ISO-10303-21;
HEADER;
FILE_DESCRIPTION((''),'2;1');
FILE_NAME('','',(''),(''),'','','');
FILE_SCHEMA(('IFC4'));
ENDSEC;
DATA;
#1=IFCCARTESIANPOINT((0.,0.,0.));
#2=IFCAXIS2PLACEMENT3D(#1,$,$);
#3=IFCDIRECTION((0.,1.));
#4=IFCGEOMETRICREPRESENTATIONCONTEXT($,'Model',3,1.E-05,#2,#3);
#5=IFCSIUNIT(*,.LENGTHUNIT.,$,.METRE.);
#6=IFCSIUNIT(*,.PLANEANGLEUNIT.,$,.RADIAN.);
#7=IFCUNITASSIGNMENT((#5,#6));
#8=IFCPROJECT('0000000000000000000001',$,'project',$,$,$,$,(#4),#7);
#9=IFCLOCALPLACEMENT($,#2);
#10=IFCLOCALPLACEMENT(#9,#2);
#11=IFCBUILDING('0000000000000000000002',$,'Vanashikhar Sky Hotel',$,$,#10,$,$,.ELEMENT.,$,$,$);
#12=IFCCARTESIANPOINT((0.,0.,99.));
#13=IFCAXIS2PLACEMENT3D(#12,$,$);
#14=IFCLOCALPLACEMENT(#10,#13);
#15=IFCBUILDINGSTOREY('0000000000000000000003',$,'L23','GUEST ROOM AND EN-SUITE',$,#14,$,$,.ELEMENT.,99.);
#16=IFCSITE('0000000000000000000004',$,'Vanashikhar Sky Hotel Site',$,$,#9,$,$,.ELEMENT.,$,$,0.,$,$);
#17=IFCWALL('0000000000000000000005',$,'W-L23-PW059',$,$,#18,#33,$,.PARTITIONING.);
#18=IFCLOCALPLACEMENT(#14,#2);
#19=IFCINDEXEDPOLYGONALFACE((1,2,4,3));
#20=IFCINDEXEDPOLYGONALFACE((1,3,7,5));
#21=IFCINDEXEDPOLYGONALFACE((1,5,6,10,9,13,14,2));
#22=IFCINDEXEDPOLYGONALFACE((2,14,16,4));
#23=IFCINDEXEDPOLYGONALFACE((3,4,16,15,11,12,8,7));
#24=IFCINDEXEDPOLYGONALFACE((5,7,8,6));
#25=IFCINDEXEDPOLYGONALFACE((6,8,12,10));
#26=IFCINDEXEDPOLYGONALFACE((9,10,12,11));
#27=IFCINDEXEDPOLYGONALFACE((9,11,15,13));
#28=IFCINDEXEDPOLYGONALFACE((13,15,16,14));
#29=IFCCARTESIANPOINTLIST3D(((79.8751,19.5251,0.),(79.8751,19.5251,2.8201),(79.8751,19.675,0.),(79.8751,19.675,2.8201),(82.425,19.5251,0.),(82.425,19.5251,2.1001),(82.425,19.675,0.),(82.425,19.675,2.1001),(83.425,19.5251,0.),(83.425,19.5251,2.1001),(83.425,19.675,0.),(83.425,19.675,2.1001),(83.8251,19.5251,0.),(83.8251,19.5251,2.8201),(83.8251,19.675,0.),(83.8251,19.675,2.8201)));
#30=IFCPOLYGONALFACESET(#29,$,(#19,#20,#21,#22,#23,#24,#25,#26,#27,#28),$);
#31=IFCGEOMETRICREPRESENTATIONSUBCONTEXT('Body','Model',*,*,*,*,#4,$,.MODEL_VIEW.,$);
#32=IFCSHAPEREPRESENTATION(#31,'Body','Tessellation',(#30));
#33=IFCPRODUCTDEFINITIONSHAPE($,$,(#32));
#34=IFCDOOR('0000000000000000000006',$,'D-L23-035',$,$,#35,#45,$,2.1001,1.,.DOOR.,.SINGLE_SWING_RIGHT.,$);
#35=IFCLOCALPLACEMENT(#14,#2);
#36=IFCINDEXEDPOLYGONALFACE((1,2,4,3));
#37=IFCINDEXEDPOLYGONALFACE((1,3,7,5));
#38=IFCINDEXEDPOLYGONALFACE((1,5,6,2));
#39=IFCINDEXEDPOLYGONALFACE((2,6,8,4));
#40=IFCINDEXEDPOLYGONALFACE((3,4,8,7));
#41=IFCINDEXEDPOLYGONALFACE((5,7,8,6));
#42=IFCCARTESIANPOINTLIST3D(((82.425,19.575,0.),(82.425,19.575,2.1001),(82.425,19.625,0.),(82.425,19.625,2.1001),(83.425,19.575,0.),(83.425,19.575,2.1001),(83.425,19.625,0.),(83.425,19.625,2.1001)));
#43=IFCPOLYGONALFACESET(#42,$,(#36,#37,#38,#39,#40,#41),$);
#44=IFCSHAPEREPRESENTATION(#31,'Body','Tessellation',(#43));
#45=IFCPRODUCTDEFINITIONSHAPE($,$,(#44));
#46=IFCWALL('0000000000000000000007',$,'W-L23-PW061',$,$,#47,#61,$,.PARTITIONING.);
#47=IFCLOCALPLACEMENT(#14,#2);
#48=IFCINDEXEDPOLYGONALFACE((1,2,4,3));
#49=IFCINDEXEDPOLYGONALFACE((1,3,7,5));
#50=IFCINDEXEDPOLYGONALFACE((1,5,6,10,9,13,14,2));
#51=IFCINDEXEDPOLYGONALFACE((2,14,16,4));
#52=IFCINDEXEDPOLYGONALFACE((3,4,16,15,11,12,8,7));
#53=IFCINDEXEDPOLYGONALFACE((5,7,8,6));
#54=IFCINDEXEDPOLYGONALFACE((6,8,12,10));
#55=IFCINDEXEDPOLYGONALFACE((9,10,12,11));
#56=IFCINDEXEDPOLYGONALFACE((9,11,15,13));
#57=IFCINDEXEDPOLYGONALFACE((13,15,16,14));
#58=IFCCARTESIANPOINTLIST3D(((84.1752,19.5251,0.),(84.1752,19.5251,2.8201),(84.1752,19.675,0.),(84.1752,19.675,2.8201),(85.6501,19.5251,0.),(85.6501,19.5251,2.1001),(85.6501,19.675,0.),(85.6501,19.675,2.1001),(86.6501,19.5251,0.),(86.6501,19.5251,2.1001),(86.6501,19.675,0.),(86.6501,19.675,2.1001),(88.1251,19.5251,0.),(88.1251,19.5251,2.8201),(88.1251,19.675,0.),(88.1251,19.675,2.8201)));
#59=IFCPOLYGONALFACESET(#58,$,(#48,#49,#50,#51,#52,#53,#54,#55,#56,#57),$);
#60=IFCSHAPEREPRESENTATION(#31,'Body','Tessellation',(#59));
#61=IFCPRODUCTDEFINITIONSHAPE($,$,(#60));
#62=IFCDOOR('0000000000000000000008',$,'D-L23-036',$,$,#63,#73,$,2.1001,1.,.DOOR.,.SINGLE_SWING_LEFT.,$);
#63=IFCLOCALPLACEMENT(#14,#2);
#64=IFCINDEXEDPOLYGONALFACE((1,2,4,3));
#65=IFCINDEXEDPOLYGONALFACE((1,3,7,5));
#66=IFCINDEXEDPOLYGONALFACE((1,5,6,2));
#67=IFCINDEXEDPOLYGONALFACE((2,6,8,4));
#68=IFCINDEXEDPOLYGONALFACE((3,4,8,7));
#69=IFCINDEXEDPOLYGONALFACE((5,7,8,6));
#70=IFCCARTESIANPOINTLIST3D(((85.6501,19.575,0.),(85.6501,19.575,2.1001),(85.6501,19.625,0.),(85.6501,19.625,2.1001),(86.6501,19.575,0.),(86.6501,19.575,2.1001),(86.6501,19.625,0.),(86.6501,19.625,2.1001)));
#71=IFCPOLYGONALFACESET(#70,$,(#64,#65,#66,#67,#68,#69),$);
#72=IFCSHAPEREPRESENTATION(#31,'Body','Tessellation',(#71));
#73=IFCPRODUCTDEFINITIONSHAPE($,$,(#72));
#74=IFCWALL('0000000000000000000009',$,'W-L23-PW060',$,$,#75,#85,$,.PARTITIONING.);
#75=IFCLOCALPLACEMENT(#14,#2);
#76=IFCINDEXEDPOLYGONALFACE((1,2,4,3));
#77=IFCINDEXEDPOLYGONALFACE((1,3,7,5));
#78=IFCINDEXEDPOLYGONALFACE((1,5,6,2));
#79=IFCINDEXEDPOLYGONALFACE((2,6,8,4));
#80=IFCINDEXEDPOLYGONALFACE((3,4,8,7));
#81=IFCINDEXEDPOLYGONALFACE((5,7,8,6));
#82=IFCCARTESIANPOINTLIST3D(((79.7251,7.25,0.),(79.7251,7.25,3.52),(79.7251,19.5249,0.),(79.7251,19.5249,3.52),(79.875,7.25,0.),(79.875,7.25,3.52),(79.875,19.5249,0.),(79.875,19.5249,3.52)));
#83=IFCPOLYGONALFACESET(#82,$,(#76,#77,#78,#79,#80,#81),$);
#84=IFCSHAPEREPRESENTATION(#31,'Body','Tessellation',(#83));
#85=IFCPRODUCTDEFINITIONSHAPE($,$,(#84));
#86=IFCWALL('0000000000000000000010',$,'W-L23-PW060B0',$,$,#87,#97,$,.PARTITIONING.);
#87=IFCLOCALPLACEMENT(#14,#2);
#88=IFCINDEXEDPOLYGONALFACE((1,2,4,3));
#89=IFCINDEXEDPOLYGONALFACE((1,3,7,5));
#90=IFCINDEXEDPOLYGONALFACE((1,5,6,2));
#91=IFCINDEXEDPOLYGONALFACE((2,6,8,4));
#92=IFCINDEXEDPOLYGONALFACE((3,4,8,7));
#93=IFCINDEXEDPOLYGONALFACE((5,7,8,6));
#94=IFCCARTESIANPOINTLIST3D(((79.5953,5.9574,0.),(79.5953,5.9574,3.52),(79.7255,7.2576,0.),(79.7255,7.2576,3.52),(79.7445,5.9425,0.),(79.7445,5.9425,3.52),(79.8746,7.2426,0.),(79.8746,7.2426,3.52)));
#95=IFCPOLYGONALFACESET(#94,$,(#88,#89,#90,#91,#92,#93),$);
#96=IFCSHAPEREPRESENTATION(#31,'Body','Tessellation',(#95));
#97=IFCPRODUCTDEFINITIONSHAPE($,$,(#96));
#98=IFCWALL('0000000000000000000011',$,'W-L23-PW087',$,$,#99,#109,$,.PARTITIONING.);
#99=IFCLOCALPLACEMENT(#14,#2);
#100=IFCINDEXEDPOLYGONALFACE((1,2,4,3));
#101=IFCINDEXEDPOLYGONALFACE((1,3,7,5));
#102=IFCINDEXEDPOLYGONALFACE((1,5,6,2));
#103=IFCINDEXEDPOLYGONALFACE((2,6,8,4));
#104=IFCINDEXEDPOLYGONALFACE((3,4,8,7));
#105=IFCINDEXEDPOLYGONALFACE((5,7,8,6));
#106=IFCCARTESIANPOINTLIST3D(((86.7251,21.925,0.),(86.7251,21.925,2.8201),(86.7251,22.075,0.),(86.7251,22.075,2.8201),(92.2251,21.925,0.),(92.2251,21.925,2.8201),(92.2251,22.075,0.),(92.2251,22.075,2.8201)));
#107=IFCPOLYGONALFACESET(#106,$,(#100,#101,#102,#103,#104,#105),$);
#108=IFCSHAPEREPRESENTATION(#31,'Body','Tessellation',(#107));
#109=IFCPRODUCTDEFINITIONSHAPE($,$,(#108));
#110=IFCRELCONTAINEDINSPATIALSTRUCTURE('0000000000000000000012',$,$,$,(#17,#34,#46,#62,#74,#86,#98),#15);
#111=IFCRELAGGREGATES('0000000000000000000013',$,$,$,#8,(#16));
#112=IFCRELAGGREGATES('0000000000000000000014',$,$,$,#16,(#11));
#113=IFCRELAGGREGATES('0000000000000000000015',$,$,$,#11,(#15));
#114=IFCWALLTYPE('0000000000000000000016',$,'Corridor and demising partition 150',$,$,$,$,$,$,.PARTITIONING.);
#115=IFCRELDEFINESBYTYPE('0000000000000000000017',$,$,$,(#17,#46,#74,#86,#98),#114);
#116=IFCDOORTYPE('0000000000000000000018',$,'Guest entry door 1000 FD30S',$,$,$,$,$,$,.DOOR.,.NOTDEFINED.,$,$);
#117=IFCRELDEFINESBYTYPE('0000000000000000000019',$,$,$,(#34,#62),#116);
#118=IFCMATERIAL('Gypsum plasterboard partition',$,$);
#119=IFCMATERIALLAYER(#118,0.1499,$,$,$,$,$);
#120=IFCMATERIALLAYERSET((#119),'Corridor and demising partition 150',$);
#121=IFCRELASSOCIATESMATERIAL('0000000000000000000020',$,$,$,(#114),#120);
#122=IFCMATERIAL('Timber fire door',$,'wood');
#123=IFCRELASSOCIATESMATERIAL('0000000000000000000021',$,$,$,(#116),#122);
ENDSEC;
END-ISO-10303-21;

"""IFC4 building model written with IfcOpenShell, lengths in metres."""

from ifc_helpers import new_model, si_unit, direction, frame, frame_2d, origin, place, context, subcontext, project, spatial, rectangle, extrude, source, transform, mapped, material, layer, layer_set, type_object, element, fill, save


model = new_model("IFC4")

# Units and contexts
model_context = context("Model", 3, precision=1e-05, world=origin(), true_north=direction((0.0, 1.0)))
body_context = subcontext(model_context, "Body", "Model", "MODEL_VIEW")
ifc_project = project(units=[si_unit("LENGTHUNIT", "METRE"), si_unit("PLANEANGLEUNIT", "RADIAN")], contexts=[model_context])

# Site, building, storey
site_placement = place(None, origin())
site = spatial("IfcSite", under=ifc_project, at=site_placement, Name="Vanashikhar Sky Hotel Site", CompositionType="ELEMENT", RefElevation=0.0)
building_placement = place(site_placement, origin())
building = spatial("IfcBuilding", under=site, at=building_placement, Name="Vanashikhar Sky Hotel", CompositionType="ELEMENT")
storey_placement = place(building_placement, frame((0.0, 0.0, 99.0)))
storey = spatial("IfcBuildingStorey", under=building, at=storey_placement, Name="L23", Description="GUEST ROOM AND EN-SUITE", CompositionType="ELEMENT", Elevation=99.0)

# Shared definitions
ifc_material_1 = material(Name="Gypsum plasterboard partition")

# Walls, openings, doors
ifc_layer_1 = layer(ifc_material_1, 0.1499)
ifc_layer_set_1 = layer_set([ifc_layer_1], Name="Corridor and demising partition 150")
wall_type_1 = type_object("IfcWallType", Name="Corridor and demising partition 150", PredefinedType="PARTITIONING", material=ifc_layer_set_1)
shared_shape_1 = source(origin(), body_context, "Body", "SweptSolid", [
    extrude(rectangle(XDim=1.0, YDim=2.1001, at=frame_2d((0.5, 1.05))), frame((0.0, 0.085, 0.0), z_axis=(0.0, -1.0, 0.0), x_axis=(1.0, 0.0, 0.0)), (0.0, 0.0, 1.0), 0.1699),
])
ifc_material_2 = material(Name="Timber fire door", Category="wood")
door_type_1 = type_object("IfcDoorType", Name="Guest entry door 1000 FD30S", OperationType="NOTDEFINED", PredefinedType="DOOR", material=ifc_material_2)
shared_shape_2 = source(origin(), body_context, "Body", "SweptSolid", [
    extrude(rectangle(XDim=1.0, YDim=2.1001, at=frame_2d((0.5, 1.05))), frame((0.0, 0.0249, 0.0), z_axis=(0.0, -1.0, 0.0), x_axis=(1.0, 0.0, 0.0)), (0.0, 0.0, 1.0), 0.05),
])
shared_shape_3 = source(origin(), body_context, "Body", "SweptSolid", [
    extrude(rectangle(XDim=3.95, YDim=0.1499, at=frame_2d((1.9751, 0.0))), origin(), (0.0, 0.0, 1.0), 2.8201),
])
wall_1_placement = place(storey_placement, frame((79.875, 19.6001, 0.0), z_axis=(0.0, 0.0, 1.0), x_axis=(1.0, 0.0, 0.0)))
wall_1 = element("IfcWall", 1, at=wall_1_placement, inside=storey, type_object=wall_type_1, Name="W-L23-PW059", PredefinedType="PARTITIONING", context=body_context, shape_type="MappedRepresentation", body=[
    mapped(shared_shape_3, transform((0.0, 0.0, 0.0), scale=1.0)),
])
opening_1_placement = place(wall_1_placement, frame((2.55, 0.0, 0.0)))
opening_1 = element("IfcOpeningElement", 2, at=opening_1_placement, cuts=wall_1, PredefinedType="OPENING", context=body_context, shape_type="MappedRepresentation", body=[
    mapped(shared_shape_1, transform((0.0, 0.0, 0.0), scale=1.0)),
])
door_1_placement = place(opening_1_placement, origin())
door_1 = element("IfcDoor", 3, at=door_1_placement, inside=storey, type_object=door_type_1, Name="D-L23-035", OperationType="SINGLE_SWING_RIGHT", OverallHeight=2.1001, OverallWidth=1.0, PredefinedType="DOOR", context=body_context, shape_type="MappedRepresentation", body=[
    mapped(shared_shape_2, transform((0.0, 0.0, 0.0), scale=1.0)),
])
fill(opening_1, door_1)
wall_2_placement = place(storey_placement, frame((84.175, 19.6001, 0.0), z_axis=(0.0, 0.0, 1.0), x_axis=(1.0, 0.0, 0.0)))
wall_2 = element("IfcWall", 4, at=wall_2_placement, inside=storey, type_object=wall_type_1, Name="W-L23-PW061", PredefinedType="PARTITIONING", context=body_context, shape_type="MappedRepresentation", body=[
    mapped(shared_shape_3, transform((0.0, 0.0, 0.0), scale=1.0)),
])
opening_2_placement = place(wall_2_placement, frame((1.4751, 0.0, 0.0)))
opening_2 = element("IfcOpeningElement", 5, at=opening_2_placement, cuts=wall_2, PredefinedType="OPENING", context=body_context, shape_type="MappedRepresentation", body=[
    mapped(shared_shape_1, transform((0.0, 0.0, 0.0), scale=1.0)),
])
door_2_placement = place(opening_2_placement, origin())
door_2 = element("IfcDoor", 6, at=door_2_placement, inside=storey, type_object=door_type_1, Name="D-L23-036", OperationType="SINGLE_SWING_LEFT", OverallHeight=2.1001, OverallWidth=1.0, PredefinedType="DOOR", context=body_context, shape_type="MappedRepresentation", body=[
    mapped(shared_shape_2, transform((0.0, 0.0, 0.0), scale=1.0)),
])
fill(opening_2, door_2)

# Walls
shared_shape_4 = source(origin(), body_context, "Body", "SweptSolid", [
    extrude(rectangle(XDim=12.2749, YDim=0.1499, at=frame_2d((6.1375, 0.0))), origin(), (0.0, 0.0, 1.0), 3.52),
])
wall_3_placement = place(storey_placement, frame((79.8, 7.25, 0.0), z_axis=(0.0, 0.0, 1.0), x_axis=(0.0, 1.0, 0.0)))
element("IfcWall", 7, at=wall_3_placement, inside=storey, type_object=wall_type_1, Name="W-L23-PW060", PredefinedType="PARTITIONING", context=body_context, shape_type="MappedRepresentation", body=[
    mapped(shared_shape_4, transform((0.0, 0.0, 0.0), scale=1.0)),
])
shared_shape_5 = source(origin(), body_context, "Body", "SweptSolid", [
    extrude(rectangle(XDim=1.3066, YDim=0.1499, at=frame_2d((0.6533, 0.0))), origin(), (0.0, 0.0, 1.0), 3.52),
])
wall_4_placement = place(storey_placement, frame((79.6699, 5.95, 0.0), z_axis=(0.0, 0.0, 1.0), x_axis=(0.099596, 0.995028, 0.0)))
element("IfcWall", 8, at=wall_4_placement, inside=storey, type_object=wall_type_1, Name="W-L23-PW060B0", PredefinedType="PARTITIONING", context=body_context, shape_type="MappedRepresentation", body=[
    mapped(shared_shape_5, transform((0.0, 0.0, 0.0), scale=1.0)),
])
shared_shape_6 = source(origin(), body_context, "Body", "SweptSolid", [
    extrude(rectangle(XDim=5.5, YDim=0.1499, at=frame_2d((2.75, 0.0))), origin(), (0.0, 0.0, 1.0), 2.8201),
])
wall_5_placement = place(storey_placement, frame((86.7251, 22.0, 0.0), z_axis=(0.0, 0.0, 1.0), x_axis=(1.0, 0.0, 0.0)))
element("IfcWall", 9, at=wall_5_placement, inside=storey, type_object=wall_type_1, Name="W-L23-PW087", PredefinedType="PARTITIONING", context=body_context, shape_type="MappedRepresentation", body=[
    mapped(shared_shape_6, transform((0.0, 0.0, 0.0), scale=1.0)),
])

save(model, "model.ifc")
